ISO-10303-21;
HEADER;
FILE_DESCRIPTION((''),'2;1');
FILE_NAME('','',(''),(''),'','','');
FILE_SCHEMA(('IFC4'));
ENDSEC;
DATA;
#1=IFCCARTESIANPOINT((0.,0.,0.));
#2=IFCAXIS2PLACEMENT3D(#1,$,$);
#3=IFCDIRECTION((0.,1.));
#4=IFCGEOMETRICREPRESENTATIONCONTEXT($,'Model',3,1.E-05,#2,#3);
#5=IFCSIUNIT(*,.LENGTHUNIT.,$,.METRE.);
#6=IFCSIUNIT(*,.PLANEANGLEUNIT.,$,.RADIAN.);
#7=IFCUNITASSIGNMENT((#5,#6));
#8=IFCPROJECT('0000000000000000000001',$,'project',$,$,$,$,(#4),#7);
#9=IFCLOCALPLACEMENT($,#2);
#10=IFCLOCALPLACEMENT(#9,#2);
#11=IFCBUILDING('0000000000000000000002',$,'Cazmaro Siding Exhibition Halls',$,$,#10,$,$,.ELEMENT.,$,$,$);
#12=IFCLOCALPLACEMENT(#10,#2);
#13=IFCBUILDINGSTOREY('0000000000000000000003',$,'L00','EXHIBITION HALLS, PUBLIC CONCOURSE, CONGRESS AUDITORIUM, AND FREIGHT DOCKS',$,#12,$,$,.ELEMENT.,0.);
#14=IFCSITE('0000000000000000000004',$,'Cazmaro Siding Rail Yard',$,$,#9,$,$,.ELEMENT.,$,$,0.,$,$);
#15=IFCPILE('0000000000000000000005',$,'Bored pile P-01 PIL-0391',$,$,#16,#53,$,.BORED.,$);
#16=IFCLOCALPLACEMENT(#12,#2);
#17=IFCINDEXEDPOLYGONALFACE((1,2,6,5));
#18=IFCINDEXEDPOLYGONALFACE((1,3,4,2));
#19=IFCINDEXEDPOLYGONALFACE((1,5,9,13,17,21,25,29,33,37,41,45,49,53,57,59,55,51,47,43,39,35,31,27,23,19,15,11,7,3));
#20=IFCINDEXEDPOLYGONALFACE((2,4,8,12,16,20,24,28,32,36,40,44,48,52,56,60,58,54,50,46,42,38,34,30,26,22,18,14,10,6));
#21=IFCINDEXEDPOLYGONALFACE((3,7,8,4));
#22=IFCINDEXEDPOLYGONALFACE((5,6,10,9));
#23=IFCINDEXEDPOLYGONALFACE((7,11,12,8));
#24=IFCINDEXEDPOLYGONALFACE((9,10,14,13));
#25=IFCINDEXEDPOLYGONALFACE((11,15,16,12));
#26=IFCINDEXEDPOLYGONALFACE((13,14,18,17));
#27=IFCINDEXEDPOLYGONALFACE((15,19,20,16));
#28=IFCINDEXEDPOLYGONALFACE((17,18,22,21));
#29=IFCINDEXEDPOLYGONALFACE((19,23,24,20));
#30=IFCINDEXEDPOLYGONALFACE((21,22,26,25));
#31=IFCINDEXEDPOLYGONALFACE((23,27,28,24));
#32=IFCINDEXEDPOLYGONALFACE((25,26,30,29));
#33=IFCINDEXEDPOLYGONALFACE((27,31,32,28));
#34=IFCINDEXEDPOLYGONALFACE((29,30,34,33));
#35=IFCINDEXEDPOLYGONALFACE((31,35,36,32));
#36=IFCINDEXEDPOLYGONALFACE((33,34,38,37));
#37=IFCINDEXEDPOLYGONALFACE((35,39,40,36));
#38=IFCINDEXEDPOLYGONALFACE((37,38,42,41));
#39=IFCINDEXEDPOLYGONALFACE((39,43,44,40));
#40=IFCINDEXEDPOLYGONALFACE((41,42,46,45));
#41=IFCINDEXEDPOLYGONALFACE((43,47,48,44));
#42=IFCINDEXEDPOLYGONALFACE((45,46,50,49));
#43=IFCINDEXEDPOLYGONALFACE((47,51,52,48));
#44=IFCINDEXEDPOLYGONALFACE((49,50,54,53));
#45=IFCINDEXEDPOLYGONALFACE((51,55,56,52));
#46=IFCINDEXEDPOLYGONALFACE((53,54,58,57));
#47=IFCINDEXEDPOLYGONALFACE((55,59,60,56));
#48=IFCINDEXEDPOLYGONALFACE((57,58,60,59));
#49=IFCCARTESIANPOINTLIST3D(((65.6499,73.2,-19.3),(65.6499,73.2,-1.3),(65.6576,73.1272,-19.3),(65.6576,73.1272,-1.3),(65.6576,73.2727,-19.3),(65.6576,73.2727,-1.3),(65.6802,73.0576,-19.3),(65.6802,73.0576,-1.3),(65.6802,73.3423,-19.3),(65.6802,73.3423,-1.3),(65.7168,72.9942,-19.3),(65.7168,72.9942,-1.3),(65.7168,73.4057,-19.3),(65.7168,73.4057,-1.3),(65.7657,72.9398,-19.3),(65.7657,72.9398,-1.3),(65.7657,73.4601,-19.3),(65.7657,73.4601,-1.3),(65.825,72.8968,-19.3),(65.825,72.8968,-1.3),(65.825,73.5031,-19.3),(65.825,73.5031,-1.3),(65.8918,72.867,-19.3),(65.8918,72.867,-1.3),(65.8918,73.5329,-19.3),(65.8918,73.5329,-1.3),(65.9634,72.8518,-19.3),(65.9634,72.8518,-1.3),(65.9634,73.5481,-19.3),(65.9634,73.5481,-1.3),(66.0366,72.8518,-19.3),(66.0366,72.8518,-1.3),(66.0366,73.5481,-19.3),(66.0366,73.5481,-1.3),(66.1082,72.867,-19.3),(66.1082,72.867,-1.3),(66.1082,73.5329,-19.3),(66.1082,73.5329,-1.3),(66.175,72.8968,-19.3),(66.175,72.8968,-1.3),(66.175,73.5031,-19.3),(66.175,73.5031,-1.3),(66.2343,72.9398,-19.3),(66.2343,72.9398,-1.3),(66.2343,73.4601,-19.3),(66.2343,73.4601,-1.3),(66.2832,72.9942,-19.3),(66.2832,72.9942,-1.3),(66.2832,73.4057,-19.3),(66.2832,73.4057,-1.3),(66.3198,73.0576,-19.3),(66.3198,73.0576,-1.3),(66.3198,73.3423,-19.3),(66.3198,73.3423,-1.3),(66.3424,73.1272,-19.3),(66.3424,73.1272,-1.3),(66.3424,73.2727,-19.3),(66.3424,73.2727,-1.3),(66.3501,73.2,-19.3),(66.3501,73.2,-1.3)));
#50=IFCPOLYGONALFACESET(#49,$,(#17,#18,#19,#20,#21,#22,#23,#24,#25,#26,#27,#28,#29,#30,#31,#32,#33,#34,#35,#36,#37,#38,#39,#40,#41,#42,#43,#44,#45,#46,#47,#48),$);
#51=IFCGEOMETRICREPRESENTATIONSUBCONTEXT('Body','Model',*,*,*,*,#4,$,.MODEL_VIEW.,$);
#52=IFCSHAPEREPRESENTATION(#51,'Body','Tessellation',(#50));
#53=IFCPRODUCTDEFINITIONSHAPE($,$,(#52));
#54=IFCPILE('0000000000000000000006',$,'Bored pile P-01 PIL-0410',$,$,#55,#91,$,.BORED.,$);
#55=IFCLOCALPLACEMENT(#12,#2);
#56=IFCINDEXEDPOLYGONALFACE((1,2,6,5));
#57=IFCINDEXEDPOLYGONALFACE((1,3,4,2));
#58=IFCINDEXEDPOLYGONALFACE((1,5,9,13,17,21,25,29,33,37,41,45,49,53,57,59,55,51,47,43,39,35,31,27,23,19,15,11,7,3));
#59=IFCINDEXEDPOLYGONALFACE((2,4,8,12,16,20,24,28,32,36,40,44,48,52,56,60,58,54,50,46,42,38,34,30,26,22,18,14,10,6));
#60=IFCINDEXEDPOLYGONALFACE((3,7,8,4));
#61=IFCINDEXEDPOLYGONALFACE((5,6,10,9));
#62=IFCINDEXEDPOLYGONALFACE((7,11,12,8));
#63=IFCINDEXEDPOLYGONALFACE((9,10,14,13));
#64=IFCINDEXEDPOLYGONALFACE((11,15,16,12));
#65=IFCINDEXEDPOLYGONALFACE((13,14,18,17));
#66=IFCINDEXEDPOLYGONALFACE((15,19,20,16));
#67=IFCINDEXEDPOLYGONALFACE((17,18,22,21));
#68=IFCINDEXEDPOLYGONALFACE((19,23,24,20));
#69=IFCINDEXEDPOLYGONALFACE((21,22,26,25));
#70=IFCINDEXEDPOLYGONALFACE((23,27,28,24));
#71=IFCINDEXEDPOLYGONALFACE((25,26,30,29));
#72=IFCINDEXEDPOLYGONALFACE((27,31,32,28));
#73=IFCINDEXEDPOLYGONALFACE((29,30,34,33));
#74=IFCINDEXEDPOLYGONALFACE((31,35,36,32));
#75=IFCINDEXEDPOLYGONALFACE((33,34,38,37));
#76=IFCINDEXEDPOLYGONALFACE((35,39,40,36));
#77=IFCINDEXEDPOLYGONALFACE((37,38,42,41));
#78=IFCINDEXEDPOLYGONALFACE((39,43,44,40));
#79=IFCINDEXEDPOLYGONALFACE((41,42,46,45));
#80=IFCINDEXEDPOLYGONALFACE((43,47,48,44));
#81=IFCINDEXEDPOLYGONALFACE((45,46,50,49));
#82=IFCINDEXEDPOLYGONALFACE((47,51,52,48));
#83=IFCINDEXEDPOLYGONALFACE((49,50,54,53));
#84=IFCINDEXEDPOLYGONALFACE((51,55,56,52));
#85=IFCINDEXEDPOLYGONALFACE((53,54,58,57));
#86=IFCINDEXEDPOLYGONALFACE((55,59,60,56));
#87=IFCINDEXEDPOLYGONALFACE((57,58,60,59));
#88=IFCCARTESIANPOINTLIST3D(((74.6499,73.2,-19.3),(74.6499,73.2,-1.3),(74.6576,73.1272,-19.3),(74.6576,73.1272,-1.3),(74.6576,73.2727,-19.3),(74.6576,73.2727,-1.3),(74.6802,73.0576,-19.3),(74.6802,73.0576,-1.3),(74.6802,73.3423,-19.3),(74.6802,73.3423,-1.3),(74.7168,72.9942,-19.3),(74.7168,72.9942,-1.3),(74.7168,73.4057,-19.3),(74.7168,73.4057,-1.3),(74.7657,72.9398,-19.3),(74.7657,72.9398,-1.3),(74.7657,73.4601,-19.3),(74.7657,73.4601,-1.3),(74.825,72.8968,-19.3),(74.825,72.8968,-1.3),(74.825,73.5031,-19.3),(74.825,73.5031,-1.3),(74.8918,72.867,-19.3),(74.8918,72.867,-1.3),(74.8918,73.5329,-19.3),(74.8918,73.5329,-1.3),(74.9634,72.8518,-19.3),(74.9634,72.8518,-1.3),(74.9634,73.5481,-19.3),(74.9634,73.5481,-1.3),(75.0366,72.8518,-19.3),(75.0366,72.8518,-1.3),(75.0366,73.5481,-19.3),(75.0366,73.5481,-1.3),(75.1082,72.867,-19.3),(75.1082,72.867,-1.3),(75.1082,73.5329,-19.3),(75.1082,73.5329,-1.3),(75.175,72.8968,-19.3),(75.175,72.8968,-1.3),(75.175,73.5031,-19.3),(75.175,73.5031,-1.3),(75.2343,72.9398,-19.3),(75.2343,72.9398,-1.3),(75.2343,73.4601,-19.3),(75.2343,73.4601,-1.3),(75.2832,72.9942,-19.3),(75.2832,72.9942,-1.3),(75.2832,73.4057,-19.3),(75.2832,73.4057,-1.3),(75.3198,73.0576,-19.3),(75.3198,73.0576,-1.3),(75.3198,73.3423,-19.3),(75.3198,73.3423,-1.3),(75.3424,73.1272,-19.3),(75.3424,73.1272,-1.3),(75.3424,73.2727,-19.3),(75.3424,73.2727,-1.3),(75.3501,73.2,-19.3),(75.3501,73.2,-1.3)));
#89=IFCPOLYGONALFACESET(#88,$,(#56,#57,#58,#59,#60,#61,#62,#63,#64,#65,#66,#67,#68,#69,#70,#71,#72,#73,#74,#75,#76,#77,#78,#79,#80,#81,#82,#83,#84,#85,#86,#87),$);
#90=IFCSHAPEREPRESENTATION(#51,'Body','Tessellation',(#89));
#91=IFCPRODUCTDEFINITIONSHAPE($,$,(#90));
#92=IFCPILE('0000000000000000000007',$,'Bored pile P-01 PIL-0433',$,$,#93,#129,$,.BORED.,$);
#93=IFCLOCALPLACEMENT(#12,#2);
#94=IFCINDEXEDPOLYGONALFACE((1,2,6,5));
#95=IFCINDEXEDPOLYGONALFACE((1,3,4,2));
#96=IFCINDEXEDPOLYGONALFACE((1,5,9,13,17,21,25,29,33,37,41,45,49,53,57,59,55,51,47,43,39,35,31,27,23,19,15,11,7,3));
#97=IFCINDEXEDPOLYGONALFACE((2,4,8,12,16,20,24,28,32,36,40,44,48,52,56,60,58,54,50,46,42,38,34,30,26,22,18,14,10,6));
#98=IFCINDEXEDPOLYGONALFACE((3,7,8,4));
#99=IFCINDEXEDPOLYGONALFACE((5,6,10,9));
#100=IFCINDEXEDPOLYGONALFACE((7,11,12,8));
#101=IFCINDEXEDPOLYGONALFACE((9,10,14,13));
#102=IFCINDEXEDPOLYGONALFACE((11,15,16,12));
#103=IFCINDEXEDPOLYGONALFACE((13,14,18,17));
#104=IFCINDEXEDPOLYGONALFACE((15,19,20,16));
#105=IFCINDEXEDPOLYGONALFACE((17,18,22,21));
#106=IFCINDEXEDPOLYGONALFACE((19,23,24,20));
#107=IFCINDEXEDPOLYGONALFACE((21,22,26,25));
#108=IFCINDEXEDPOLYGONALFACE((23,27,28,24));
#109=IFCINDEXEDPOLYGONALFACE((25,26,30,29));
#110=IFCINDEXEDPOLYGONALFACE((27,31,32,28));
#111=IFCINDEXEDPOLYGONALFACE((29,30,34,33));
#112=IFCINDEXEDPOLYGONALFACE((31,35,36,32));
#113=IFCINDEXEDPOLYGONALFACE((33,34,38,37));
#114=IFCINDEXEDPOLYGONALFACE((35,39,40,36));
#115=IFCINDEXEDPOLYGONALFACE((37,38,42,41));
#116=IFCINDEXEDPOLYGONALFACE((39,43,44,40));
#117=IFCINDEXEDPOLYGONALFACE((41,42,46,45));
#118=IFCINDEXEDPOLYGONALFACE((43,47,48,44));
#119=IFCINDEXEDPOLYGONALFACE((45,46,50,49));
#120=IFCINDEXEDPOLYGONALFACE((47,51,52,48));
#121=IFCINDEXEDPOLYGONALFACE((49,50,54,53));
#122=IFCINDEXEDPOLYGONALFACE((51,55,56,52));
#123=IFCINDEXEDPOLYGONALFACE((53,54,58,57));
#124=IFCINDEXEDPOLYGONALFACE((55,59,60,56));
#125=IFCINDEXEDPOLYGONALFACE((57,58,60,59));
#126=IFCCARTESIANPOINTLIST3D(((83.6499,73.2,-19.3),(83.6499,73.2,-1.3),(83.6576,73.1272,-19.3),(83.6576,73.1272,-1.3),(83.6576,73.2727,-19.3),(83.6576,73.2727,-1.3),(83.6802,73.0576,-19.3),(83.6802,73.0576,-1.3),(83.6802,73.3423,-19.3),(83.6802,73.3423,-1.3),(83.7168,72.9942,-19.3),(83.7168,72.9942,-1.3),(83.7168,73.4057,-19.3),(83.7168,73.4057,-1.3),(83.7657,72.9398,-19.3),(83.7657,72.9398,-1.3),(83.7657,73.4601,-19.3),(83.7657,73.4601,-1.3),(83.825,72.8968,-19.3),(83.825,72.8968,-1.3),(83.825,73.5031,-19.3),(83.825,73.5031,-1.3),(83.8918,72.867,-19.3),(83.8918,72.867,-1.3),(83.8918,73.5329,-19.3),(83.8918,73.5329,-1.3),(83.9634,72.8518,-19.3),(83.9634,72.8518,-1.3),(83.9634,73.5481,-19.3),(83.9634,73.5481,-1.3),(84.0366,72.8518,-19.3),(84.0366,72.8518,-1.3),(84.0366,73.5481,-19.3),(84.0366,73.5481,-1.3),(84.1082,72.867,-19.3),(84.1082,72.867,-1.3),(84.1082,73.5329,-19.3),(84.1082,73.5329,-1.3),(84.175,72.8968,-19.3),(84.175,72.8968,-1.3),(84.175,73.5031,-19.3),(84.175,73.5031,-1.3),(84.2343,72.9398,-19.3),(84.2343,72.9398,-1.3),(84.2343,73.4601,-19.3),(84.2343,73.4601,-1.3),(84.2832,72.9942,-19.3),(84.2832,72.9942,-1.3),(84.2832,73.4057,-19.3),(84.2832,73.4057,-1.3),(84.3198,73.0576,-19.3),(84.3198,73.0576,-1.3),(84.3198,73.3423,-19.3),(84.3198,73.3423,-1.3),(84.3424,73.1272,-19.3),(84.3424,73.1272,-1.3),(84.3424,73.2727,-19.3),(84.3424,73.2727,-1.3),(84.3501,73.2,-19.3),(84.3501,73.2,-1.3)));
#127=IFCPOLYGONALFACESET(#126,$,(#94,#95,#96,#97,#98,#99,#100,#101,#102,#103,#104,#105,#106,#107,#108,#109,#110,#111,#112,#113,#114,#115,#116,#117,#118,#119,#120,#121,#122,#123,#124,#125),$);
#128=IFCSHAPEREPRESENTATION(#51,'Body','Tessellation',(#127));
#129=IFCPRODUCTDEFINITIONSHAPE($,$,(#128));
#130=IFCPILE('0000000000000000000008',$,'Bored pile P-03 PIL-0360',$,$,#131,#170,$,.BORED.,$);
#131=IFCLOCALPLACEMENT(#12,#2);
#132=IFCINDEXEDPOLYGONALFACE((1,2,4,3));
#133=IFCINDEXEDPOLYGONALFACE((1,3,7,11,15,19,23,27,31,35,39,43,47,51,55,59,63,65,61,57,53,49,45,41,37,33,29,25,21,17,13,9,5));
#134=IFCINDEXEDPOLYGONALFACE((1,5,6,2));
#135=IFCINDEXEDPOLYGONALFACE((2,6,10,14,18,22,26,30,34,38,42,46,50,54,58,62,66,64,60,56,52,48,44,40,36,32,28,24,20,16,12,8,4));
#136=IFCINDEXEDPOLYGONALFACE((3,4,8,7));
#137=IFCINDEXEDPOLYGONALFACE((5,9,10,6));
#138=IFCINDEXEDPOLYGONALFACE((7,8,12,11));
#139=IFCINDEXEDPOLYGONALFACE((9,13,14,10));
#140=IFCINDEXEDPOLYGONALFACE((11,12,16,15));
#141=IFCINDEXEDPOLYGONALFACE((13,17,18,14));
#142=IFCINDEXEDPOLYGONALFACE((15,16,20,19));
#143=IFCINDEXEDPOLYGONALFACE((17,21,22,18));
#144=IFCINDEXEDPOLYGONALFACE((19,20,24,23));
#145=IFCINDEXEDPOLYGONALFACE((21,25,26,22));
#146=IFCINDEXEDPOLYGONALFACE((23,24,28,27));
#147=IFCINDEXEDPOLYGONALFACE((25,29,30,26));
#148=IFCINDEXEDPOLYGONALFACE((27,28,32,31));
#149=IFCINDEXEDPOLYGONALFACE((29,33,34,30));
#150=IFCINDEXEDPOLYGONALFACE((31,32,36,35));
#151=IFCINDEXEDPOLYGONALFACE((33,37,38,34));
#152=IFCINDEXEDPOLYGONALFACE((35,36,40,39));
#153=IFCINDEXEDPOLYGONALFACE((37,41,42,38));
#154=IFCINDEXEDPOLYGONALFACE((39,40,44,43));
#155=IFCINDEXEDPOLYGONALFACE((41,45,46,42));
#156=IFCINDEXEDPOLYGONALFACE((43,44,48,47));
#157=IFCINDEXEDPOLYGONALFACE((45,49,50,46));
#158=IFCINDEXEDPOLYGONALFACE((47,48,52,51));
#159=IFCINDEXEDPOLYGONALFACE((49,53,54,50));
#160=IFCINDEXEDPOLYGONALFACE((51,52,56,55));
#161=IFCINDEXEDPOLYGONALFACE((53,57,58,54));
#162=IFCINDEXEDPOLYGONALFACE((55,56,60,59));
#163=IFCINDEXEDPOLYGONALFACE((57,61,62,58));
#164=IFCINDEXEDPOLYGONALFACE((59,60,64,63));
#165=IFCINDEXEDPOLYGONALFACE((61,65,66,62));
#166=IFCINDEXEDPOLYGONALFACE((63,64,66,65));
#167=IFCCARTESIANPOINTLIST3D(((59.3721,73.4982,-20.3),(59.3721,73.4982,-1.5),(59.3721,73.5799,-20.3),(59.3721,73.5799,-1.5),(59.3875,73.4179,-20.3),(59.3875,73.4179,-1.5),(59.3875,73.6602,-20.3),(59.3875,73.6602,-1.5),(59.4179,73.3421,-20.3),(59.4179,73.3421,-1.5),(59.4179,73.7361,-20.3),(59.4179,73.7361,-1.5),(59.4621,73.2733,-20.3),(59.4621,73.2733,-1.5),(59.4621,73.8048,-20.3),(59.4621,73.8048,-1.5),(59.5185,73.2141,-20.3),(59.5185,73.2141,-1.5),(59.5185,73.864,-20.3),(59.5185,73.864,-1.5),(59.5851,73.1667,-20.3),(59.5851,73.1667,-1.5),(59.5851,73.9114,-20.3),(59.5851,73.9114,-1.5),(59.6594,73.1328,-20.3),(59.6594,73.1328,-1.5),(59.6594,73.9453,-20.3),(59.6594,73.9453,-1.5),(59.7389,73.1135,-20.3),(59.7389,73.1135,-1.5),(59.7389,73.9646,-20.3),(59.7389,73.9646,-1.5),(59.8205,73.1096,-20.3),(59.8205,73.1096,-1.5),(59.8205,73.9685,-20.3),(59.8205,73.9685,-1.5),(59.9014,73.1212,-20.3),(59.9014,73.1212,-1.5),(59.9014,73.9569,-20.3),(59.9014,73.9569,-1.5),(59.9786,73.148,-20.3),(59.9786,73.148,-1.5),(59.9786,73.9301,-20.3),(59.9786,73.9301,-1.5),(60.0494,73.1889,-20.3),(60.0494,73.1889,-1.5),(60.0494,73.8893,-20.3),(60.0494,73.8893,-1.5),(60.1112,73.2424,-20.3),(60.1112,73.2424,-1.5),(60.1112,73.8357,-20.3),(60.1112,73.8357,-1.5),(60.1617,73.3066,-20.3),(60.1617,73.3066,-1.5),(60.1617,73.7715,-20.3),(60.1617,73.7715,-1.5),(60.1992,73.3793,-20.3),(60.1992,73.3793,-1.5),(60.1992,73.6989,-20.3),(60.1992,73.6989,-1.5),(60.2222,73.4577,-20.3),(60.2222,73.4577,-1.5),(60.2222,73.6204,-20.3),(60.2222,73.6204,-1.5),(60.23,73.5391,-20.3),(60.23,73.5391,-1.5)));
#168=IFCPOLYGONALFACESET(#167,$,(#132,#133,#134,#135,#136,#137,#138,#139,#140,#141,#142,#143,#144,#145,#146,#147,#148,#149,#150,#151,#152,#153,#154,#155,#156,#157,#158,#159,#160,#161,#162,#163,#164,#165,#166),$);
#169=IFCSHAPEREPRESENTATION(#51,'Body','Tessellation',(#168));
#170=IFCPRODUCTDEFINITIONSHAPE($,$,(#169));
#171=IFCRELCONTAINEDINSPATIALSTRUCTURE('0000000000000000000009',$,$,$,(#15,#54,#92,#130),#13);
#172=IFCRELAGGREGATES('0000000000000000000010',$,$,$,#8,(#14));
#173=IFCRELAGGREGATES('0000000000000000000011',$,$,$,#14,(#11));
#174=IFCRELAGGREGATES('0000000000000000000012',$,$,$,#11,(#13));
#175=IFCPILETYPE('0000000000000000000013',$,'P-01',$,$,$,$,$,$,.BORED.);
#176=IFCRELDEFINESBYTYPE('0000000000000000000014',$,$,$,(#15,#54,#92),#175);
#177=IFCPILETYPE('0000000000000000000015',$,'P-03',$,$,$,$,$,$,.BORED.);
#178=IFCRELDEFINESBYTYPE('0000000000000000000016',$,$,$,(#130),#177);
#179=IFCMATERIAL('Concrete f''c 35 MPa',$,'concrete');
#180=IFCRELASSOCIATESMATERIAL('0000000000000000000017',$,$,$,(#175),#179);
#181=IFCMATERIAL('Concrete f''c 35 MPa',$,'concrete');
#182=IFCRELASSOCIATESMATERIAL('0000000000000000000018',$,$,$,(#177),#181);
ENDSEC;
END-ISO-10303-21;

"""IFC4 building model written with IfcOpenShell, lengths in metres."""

from ifc_helpers import new_model, si_unit, direction, frame, origin, origin_2d, place, context, subcontext, project, spatial, circle, extrude, material, material_profile, profile_set, type_object, element, save


model = new_model("IFC4")

# Units and contexts
model_context = context("Model", 3, precision=1e-05, world=origin(), true_north=direction((0.0, 1.0)))
body_context = subcontext(model_context, "Body", "Model", "MODEL_VIEW")
ifc_project = project(units=[si_unit("LENGTHUNIT", "METRE"), si_unit("PLANEANGLEUNIT", "RADIAN")], contexts=[model_context])

# Site, building, storey
site_placement = place(None, origin())
site = spatial("IfcSite", under=ifc_project, at=site_placement, Name="Cazmaro Siding Rail Yard", CompositionType="ELEMENT", RefElevation=0.0)
building_placement = place(site_placement, origin())
building = spatial("IfcBuilding", under=site, at=building_placement, Name="Cazmaro Siding Exhibition Halls", CompositionType="ELEMENT")
storey_placement = place(building_placement, origin())
storey = spatial("IfcBuildingStorey", under=building, at=storey_placement, Name="L00", Description="EXHIBITION HALLS, PUBLIC CONCOURSE, CONGRESS AUDITORIUM, AND FREIGHT DOCKS", CompositionType="ELEMENT", Elevation=0.0)

# Piles
ifc_material_1 = material(Name="Concrete f'c 35 MPa", Category="concrete")
ifc_material_profile_1 = material_profile(ifc_material_1, circle(Radius=0.3501, at=origin_2d()), Name="CIDH-700")
ifc_profile_set_1 = profile_set([ifc_material_profile_1], Name="Concrete f'c 35 MPa")
pile_type_1 = type_object("IfcPileType", Name="P-01", PredefinedType="BORED", material=ifc_profile_set_1)
for number, where, z_axis, x_axis, name in (
    (1, (66.0, 73.2, -1.3), (0.0, 0.0, -1.0), (1.0, 0.0, 0.0), "Bored pile P-01 PIL-0391"),
    (2, (75.0, 73.2, -1.3), (0.0, 0.0, -1.0), (1.0, 0.0, 0.0), "Bored pile P-01 PIL-0410"),
    (3, (84.0, 73.2, -1.3), (0.0, 0.0, -1.0), (1.0, 0.0, 0.0), "Bored pile P-01 PIL-0433"),
):
    element("IfcPile", number, at=place(storey_placement, frame(where, z_axis=z_axis, x_axis=x_axis)), inside=storey, type_object=pile_type_1, Name=name, PredefinedType="BORED", context=body_context, shape_type="SweptSolid", body=[
        extrude(circle(Radius=0.3501, at=origin_2d()), origin(), (0.0, 0.0, 1.0), 18.0),
    ])
ifc_material_2 = material(Name="Concrete f'c 35 MPa", Category="concrete")
ifc_material_profile_2 = material_profile(ifc_material_2, circle(Radius=0.4299, at=origin_2d()), Name="CIDH-860")
ifc_profile_set_2 = profile_set([ifc_material_profile_2], Name="Concrete f'c 35 MPa")
pile_type_2 = type_object("IfcPileType", Name="P-03", PredefinedType="BORED", material=ifc_profile_set_2)
pile_1_placement = place(storey_placement, frame((59.8, 73.5391, -1.5), z_axis=(0.0, 0.0, -1.0), x_axis=(1.0, 0.0, 0.0)))
element("IfcPile", 4, at=pile_1_placement, inside=storey, type_object=pile_type_2, Name="Bored pile P-03 PIL-0360", PredefinedType="BORED", context=body_context, shape_type="SweptSolid", body=[
    extrude(circle(Radius=0.4299, at=origin_2d()), origin(), (0.0, 0.0, 1.0), 18.8),
])

save(model, "model.ifc")
